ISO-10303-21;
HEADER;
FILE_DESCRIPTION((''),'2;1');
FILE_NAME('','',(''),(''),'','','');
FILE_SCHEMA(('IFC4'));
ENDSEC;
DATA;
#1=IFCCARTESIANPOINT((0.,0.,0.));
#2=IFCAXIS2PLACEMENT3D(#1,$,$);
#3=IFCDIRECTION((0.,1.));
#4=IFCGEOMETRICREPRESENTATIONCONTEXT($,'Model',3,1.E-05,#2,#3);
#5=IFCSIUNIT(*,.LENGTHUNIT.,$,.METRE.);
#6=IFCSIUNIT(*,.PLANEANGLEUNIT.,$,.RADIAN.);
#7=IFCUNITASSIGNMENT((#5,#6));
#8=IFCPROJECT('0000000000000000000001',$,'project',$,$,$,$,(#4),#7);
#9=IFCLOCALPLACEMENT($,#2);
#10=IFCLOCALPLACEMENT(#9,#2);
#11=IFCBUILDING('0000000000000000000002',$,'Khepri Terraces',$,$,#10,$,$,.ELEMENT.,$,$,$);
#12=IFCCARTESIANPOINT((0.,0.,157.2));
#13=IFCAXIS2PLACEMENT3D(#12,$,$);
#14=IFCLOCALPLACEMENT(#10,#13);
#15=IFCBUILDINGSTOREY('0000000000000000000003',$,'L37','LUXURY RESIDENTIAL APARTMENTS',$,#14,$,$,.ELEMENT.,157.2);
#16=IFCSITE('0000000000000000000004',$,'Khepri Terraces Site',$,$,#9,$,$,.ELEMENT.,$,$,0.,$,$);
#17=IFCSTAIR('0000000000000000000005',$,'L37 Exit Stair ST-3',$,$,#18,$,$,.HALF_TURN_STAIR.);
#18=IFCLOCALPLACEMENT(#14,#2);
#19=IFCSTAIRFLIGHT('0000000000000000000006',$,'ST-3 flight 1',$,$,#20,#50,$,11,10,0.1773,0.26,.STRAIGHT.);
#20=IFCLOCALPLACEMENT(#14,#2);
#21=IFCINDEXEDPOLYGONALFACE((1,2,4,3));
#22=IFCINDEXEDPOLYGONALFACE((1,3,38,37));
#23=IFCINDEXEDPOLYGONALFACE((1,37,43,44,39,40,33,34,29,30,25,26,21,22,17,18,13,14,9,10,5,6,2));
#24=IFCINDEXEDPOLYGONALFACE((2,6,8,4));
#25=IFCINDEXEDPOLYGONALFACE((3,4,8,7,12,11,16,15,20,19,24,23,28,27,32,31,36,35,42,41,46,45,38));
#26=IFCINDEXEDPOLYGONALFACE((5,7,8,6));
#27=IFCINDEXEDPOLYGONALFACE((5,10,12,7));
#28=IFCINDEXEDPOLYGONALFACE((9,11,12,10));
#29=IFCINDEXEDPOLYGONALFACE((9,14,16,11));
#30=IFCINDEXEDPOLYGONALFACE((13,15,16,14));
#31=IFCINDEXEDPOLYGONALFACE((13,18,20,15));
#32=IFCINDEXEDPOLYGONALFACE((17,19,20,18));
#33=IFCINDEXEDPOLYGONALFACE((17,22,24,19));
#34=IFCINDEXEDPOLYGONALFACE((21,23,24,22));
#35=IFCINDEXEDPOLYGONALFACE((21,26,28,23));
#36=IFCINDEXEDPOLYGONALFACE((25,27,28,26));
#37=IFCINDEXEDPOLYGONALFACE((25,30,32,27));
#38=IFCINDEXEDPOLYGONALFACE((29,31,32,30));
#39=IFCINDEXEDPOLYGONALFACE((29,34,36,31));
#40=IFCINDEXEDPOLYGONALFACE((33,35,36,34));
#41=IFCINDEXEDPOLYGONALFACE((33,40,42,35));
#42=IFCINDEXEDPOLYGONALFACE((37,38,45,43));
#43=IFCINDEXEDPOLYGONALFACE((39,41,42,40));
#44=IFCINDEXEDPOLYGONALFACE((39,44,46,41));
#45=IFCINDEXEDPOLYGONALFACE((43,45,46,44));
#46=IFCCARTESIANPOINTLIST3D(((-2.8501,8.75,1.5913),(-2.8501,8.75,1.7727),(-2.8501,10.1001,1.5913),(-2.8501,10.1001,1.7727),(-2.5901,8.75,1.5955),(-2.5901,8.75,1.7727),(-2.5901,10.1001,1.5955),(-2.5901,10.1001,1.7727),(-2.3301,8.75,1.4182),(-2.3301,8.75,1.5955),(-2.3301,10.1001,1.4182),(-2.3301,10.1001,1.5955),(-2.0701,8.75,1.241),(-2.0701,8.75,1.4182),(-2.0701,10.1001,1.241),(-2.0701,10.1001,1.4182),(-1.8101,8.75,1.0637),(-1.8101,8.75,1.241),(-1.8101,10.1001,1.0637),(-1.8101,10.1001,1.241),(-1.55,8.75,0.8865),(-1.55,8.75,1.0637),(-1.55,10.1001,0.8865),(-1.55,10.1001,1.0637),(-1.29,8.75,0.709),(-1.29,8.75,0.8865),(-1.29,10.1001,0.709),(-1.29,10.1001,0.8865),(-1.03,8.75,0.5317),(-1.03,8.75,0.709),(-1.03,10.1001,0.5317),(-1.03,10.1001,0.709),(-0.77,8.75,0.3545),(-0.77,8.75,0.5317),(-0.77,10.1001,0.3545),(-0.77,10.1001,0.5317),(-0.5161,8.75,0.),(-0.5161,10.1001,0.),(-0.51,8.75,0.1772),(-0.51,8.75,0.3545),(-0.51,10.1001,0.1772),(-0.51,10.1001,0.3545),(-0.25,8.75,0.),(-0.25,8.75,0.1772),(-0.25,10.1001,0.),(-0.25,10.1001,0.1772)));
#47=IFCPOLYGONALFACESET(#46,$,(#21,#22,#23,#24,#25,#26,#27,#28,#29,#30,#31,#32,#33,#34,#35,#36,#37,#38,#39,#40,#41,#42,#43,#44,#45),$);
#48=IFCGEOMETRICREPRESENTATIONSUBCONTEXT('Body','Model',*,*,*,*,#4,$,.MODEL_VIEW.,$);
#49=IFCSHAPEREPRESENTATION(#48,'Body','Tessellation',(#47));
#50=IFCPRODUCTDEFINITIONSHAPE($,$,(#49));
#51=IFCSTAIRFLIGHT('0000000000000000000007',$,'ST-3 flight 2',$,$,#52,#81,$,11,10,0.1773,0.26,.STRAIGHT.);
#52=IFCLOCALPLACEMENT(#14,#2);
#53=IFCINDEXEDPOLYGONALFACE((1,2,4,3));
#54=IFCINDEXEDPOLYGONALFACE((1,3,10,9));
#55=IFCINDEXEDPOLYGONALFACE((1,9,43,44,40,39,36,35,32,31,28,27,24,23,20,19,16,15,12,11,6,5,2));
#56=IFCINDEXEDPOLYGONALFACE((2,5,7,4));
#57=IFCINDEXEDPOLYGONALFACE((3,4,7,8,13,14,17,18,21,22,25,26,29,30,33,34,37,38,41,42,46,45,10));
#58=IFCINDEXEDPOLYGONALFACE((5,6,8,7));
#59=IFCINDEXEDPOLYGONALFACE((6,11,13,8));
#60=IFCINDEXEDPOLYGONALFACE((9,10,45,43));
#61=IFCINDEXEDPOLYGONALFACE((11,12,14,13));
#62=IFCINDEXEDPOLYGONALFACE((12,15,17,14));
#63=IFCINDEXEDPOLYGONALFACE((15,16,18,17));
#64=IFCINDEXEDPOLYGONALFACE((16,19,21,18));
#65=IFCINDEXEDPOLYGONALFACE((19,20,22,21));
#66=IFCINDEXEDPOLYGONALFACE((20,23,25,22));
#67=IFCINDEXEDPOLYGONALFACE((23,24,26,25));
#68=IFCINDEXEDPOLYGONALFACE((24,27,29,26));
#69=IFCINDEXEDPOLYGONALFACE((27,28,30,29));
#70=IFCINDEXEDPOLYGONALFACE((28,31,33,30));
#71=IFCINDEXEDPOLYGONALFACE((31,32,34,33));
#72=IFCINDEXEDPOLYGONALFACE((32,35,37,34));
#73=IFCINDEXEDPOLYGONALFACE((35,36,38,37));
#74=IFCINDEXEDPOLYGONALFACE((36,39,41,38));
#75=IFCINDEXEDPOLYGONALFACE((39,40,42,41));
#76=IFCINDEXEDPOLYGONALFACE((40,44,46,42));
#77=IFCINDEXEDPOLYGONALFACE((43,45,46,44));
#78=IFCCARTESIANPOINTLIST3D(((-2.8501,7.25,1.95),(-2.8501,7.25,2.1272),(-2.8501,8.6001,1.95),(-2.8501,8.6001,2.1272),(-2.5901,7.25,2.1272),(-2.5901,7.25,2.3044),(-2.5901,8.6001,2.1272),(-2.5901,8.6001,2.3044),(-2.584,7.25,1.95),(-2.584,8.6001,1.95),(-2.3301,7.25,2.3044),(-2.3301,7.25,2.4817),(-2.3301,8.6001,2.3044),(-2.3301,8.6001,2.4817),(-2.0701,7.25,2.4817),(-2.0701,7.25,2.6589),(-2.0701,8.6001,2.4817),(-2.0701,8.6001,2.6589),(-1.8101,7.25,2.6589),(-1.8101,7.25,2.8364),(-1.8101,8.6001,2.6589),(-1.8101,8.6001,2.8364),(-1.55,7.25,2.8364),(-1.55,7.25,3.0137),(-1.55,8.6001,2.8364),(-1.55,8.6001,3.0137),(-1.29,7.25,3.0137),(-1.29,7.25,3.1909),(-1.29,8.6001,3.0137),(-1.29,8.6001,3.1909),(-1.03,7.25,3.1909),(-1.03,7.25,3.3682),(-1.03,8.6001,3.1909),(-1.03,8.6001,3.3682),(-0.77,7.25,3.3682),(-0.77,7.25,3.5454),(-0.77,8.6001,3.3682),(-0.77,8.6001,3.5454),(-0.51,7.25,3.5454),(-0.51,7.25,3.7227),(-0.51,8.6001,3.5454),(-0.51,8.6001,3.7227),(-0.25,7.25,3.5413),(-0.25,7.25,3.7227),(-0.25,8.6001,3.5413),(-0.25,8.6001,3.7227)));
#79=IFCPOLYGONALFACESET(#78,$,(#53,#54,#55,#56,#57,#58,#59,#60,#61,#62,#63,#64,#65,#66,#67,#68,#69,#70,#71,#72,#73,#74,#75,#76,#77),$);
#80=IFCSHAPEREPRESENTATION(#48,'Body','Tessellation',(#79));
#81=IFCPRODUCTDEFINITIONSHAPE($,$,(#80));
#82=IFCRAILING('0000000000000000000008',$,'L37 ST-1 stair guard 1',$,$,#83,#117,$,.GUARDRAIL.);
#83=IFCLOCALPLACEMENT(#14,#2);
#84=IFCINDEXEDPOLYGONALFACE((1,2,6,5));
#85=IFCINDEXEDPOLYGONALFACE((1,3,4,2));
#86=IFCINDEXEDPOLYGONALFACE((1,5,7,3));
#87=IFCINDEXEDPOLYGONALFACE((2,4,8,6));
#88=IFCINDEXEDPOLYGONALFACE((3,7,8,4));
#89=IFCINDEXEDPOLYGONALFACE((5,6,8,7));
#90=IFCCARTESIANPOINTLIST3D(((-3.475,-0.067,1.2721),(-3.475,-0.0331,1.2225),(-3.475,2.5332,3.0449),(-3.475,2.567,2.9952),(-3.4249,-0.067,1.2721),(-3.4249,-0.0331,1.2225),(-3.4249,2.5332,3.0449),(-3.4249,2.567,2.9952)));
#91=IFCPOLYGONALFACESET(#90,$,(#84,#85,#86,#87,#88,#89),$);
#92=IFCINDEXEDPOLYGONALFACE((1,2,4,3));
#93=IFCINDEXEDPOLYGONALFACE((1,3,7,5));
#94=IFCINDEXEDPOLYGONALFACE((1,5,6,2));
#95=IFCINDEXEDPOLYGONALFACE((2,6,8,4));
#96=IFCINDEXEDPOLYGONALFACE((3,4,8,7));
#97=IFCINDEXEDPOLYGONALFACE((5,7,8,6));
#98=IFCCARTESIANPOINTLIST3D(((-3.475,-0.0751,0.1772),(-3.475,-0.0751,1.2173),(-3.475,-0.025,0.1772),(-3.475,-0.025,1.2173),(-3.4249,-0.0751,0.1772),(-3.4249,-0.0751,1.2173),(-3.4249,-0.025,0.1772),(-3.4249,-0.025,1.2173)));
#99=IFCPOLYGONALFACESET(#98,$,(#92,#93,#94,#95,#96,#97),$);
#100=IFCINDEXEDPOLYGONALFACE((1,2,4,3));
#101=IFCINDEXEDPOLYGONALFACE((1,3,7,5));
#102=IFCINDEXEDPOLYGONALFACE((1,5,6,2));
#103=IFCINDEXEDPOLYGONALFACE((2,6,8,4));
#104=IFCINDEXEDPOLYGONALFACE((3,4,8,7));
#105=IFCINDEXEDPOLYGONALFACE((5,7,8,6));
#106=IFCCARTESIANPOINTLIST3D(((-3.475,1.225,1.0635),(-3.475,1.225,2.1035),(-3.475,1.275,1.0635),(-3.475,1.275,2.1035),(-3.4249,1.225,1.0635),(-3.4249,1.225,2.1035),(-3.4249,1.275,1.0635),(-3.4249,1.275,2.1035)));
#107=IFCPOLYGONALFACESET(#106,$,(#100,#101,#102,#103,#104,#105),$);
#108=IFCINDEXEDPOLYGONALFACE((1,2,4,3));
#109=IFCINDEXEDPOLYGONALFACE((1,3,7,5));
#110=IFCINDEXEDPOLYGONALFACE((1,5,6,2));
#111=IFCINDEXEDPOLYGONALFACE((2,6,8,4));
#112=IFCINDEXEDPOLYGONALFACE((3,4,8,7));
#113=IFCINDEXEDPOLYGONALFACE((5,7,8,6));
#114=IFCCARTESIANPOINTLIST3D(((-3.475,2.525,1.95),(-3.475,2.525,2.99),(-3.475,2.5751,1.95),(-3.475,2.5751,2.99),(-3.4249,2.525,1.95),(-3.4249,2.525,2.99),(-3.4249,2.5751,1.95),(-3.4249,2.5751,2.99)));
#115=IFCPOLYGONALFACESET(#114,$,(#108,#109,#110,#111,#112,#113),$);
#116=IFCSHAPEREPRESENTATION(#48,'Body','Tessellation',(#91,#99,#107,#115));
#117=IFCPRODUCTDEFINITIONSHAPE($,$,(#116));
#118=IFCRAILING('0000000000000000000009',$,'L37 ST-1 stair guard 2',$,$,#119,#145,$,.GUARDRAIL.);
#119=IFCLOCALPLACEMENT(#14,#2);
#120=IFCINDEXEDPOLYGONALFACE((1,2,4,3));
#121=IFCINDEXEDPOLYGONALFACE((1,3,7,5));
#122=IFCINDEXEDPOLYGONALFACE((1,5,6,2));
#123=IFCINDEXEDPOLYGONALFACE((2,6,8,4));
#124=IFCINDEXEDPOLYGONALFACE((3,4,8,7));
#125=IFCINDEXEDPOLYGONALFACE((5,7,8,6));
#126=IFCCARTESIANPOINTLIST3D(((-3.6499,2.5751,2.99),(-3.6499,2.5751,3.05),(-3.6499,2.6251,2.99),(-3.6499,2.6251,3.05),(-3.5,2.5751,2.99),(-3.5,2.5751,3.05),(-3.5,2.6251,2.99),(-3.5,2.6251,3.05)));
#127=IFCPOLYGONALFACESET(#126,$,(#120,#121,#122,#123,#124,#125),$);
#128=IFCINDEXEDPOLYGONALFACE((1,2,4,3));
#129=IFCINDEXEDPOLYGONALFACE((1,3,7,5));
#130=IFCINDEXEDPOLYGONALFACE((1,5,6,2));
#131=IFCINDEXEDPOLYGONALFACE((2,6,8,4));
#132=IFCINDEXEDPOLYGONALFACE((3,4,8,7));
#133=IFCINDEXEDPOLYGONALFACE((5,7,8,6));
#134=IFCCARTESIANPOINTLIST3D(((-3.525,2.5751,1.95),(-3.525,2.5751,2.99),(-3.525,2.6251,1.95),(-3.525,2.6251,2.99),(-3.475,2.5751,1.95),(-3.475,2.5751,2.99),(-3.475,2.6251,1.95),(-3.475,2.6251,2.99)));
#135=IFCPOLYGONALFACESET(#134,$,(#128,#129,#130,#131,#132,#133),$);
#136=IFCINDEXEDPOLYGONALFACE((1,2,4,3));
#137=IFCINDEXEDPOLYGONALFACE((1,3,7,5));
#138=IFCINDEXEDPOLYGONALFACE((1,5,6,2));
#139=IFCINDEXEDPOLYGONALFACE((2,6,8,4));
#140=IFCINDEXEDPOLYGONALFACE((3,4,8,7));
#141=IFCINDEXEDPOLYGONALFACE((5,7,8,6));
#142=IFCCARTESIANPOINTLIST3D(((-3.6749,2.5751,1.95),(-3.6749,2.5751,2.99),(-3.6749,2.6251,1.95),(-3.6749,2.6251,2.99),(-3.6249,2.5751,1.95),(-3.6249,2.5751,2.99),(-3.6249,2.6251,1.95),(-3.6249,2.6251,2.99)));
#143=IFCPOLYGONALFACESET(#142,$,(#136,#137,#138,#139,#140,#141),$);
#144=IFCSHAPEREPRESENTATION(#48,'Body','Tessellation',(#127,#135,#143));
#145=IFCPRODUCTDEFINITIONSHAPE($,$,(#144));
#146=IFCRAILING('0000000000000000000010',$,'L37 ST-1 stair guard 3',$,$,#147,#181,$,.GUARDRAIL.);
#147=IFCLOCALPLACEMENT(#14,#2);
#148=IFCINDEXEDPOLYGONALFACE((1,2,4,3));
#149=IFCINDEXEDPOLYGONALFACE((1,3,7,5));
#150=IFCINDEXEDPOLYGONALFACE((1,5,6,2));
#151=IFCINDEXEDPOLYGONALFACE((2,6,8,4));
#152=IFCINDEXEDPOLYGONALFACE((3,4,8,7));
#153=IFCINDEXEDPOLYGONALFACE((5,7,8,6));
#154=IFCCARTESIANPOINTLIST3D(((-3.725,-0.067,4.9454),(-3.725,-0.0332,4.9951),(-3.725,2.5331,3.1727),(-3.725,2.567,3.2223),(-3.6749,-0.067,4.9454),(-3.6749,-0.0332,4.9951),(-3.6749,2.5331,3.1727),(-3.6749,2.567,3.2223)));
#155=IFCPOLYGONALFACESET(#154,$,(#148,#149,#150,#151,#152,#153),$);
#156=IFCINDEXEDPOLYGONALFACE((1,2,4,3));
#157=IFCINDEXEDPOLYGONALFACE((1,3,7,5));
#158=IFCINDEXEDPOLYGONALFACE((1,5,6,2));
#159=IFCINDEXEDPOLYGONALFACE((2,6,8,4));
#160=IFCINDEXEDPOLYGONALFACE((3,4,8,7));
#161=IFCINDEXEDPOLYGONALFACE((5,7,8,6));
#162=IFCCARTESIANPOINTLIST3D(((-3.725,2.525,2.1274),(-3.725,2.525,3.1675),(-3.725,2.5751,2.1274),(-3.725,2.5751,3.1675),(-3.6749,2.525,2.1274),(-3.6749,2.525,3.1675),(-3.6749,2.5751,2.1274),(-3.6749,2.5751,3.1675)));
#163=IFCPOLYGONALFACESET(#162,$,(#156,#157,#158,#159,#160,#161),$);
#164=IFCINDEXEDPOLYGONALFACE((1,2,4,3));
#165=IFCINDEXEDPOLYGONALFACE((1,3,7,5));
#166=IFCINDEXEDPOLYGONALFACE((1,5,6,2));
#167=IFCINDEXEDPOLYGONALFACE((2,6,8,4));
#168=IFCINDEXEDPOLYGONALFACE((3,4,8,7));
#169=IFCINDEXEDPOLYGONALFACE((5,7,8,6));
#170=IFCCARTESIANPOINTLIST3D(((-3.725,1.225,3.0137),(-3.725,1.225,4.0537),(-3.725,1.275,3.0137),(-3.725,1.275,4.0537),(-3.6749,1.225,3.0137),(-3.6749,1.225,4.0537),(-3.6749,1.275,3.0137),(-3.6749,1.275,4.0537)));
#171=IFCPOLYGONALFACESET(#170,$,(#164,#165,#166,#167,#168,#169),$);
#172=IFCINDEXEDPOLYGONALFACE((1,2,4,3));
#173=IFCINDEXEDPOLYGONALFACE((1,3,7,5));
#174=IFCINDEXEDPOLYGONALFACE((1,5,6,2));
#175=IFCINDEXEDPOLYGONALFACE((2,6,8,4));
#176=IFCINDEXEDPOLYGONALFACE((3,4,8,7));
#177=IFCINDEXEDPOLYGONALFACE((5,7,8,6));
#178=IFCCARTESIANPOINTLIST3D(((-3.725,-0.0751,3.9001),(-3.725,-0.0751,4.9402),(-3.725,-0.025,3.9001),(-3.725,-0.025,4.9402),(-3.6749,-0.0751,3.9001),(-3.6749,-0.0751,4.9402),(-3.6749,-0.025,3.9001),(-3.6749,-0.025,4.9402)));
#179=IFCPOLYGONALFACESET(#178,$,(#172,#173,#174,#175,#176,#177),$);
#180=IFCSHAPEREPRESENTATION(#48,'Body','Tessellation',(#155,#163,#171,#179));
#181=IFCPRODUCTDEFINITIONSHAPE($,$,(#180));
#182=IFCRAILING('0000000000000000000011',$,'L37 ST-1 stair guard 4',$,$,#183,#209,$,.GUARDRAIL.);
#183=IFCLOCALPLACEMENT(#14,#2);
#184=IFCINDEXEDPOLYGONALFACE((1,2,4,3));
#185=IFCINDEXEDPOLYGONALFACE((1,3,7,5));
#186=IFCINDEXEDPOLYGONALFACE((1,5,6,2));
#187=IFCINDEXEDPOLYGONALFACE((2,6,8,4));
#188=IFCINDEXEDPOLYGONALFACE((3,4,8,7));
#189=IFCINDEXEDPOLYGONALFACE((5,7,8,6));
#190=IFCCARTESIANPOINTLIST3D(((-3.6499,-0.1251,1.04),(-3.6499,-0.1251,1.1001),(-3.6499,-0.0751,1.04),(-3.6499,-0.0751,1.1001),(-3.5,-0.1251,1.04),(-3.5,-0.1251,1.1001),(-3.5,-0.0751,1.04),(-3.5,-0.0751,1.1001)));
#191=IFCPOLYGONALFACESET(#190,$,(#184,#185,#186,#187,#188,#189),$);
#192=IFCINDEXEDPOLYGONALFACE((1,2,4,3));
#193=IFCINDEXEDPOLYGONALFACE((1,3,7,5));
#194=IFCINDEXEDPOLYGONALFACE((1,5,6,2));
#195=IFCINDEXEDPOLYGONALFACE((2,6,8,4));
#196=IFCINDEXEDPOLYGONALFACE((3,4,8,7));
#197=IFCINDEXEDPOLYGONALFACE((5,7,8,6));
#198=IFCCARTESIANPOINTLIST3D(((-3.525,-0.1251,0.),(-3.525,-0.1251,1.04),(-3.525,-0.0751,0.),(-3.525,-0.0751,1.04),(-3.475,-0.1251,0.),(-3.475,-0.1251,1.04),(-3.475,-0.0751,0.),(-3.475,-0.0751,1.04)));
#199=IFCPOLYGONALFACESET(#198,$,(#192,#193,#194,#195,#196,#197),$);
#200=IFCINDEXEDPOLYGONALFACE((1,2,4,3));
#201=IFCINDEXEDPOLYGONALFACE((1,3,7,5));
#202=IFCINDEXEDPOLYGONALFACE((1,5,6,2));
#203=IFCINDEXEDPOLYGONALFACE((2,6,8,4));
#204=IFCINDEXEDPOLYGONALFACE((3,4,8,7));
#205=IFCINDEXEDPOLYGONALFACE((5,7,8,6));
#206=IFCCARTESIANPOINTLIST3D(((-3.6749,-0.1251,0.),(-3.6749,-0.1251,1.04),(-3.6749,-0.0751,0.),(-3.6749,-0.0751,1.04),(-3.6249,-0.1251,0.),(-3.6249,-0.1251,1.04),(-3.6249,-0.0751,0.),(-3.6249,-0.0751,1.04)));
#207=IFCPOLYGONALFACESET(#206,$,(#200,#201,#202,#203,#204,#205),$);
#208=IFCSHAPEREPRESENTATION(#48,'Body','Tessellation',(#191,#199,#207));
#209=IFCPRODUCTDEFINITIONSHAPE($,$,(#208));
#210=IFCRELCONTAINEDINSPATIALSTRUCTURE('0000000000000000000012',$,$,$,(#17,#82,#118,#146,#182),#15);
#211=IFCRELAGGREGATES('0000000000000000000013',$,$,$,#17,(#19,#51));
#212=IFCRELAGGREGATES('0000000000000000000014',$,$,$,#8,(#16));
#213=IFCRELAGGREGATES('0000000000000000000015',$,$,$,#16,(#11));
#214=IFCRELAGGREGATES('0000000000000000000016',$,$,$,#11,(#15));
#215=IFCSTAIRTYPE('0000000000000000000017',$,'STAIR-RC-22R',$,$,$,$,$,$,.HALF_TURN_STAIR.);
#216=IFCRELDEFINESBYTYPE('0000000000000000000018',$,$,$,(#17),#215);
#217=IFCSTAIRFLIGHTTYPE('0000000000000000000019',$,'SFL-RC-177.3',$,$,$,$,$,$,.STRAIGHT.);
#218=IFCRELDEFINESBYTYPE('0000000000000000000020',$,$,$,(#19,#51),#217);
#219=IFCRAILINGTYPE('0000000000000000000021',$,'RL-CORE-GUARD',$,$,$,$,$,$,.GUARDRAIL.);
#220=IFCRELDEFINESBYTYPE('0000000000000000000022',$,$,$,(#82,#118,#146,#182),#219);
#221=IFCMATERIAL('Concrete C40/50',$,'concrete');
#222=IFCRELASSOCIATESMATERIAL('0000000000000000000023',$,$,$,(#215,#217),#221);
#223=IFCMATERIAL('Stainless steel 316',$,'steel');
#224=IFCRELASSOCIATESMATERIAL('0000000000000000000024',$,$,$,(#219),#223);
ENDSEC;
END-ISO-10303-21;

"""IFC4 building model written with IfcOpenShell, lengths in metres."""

from ifc_helpers import new_model, si_unit, direction, frame, origin, origin_2d, place, context, subcontext, project, spatial, polyline, rectangle, outline, extrude, material, type_object, element, aggregate, save


model = new_model("IFC4")

# Units and contexts
model_context = context("Model", 3, precision=1e-05, world=origin(), true_north=direction((0.0, 1.0)))
body_context = subcontext(model_context, "Body", "Model", "MODEL_VIEW")
ifc_project = project(units=[si_unit("LENGTHUNIT", "METRE"), si_unit("PLANEANGLEUNIT", "RADIAN")], contexts=[model_context])

# Site, building, storey
site_placement = place(None, origin())
site = spatial("IfcSite", under=ifc_project, at=site_placement, Name="Khepri Terraces Site", CompositionType="ELEMENT", RefElevation=0.0)
building_placement = place(site_placement, origin())
building = spatial("IfcBuilding", under=site, at=building_placement, Name="Khepri Terraces", CompositionType="ELEMENT")
storey_placement = place(building_placement, frame((0.0, 0.0, 157.2)))
storey = spatial("IfcBuildingStorey", under=building, at=storey_placement, Name="L37", Description="LUXURY RESIDENTIAL APARTMENTS", CompositionType="ELEMENT", Elevation=157.2)

# Shared definitions
ifc_material_1 = material(Name="Concrete C40/50", Category="concrete")

# Stair, stair flights
stair_type = type_object("IfcStairType", Name="STAIR-RC-22R", PredefinedType="HALF_TURN_STAIR", material=ifc_material_1)
stair_flight_type = type_object("IfcStairFlightType", Name="SFL-RC-177.3", PredefinedType="STRAIGHT", material=ifc_material_1)
stair_1_placement = place(storey_placement, origin())
stair_1 = element("IfcStair", 1, at=stair_1_placement, inside=storey, type_object=stair_type, Name="L37 Exit Stair ST-3", PredefinedType="HALF_TURN_STAIR")
stair_flight_1_placement = place(storey_placement, frame((-0.25, 9.425, 0.0), z_axis=(0.0, 0.0, 1.0), x_axis=(-1.0, 0.0, 0.0)))
stair_flight_1 = element("IfcStairFlight", 2, at=stair_flight_1_placement, type_object=stair_flight_type, Name="ST-3 flight 1", NumberOfRisers=11, NumberOfTreads=10, PredefinedType="STRAIGHT", RiserHeight=0.1773, TreadLength=0.26, context=body_context, shape_type="SweptSolid", body=[
    extrude(outline(polyline([(0.0, 0.0), (0.0, 0.1772), (0.26, 0.1772), (0.26, 0.3545), (0.52, 0.3545), (0.52, 0.5317), (0.78, 0.5317), (0.78, 0.709), (1.04, 0.709), (1.04, 0.8865), (1.3, 0.8865), (1.3, 1.0637), (1.5601, 1.0637), (1.5601, 1.241), (1.8201, 1.241), (1.8201, 1.4182), (2.0801, 1.4182), (2.0801, 1.5955), (2.3401, 1.5955), (2.3401, 1.7727), (2.6001, 1.7727), (2.6001, 1.95), (2.6001, 1.5913), (0.2661, 0.0), (0.0, 0.0)])), frame((0.0, 0.675, 0.0), z_axis=(0.0, -1.0, 0.0), x_axis=(1.0, 0.0, 0.0)), (0.0, 0.0, 1.0), 1.3501),
])
stair_flight_2_placement = place(storey_placement, frame((-2.8501, 7.925, 1.95), z_axis=(0.0, 0.0, 1.0), x_axis=(1.0, 0.0, 0.0)))
stair_flight_2 = element("IfcStairFlight", 3, at=stair_flight_2_placement, type_object=stair_flight_type, Name="ST-3 flight 2", NumberOfRisers=11, NumberOfTreads=10, PredefinedType="STRAIGHT", RiserHeight=0.1773, TreadLength=0.26, context=body_context, shape_type="SweptSolid", body=[
    extrude(outline(polyline([(0.0, 0.0), (0.0, 0.1772), (0.26, 0.1772), (0.26, 0.3545), (0.52, 0.3545), (0.52, 0.5317), (0.78, 0.5317), (0.78, 0.709), (1.04, 0.709), (1.04, 0.8865), (1.3, 0.8865), (1.3, 1.0637), (1.5601, 1.0637), (1.5601, 1.241), (1.8201, 1.241), (1.8201, 1.4182), (2.0801, 1.4182), (2.0801, 1.5955), (2.3401, 1.5955), (2.3401, 1.7727), (2.6001, 1.7727), (2.6001, 1.95), (2.6001, 1.5913), (0.2661, 0.0), (0.0, 0.0)])), frame((0.0, 0.675, 0.0), z_axis=(0.0, -1.0, 0.0), x_axis=(1.0, 0.0, 0.0)), (0.0, 0.0, 1.0), 1.3501),
])
aggregate(stair_1, [stair_flight_1, stair_flight_2])

# Railings
ifc_material_2 = material(Name="Stainless steel 316", Category="steel")
railing_type_1 = type_object("IfcRailingType", Name="RL-CORE-GUARD", PredefinedType="GUARDRAIL", material=ifc_material_2)
railing_1_placement = place(storey_placement, frame((-3.45, -0.05, 0.1772)))
element("IfcRailing", 4, at=railing_1_placement, inside=storey, type_object=railing_type_1, Name="L37 ST-1 stair guard 1", PredefinedType="GUARDRAIL", context=body_context, shape_type="SweptSolid", body=[
    extrude(rectangle(XDim=0.05, YDim=0.0601, at=origin_2d()), frame((0.0, 0.0, 1.0701), z_axis=(0.0, 0.82624, 0.563318), x_axis=(-1.0, 0.0, 0.0)), (0.0, 0.0, 1.0), 3.147),
    extrude(rectangle(XDim=0.05, YDim=0.05, at=origin_2d()), origin(), (0.0, 0.0, 1.0), 1.04),
    extrude(rectangle(XDim=0.05, YDim=0.05, at=origin_2d()), frame((0.0, 1.3, 0.8862)), (0.0, 0.0, 1.0), 1.04),
    extrude(rectangle(XDim=0.05, YDim=0.05, at=origin_2d()), frame((0.0, 2.6001, 1.7727)), (0.0, 0.0, 1.0), 1.04),
])
railing_2_placement = place(storey_placement, frame((-3.5, 2.6001, 1.95)))
element("IfcRailing", 5, at=railing_2_placement, inside=storey, type_object=railing_type_1, Name="L37 ST-1 stair guard 2", PredefinedType="GUARDRAIL", context=body_context, shape_type="SweptSolid", body=[
    extrude(rectangle(XDim=0.05, YDim=0.0601, at=origin_2d()), frame((0.0, 0.0, 1.0701), z_axis=(-1.0, 0.0, 0.0), x_axis=(0.0, -1.0, 0.0)), (0.0, 0.0, 1.0), 0.1499),
    extrude(rectangle(XDim=0.05, YDim=0.05, at=origin_2d()), origin(), (0.0, 0.0, 1.0), 1.04),
    extrude(rectangle(XDim=0.05, YDim=0.05, at=origin_2d()), frame((-0.1499, 0.0, 0.0)), (0.0, 0.0, 1.0), 1.04),
])
railing_3_placement = place(storey_placement, frame((-3.7, 2.55, 2.1274)))
element("IfcRailing", 6, at=railing_3_placement, inside=storey, type_object=railing_type_1, Name="L37 ST-1 stair guard 3", PredefinedType="GUARDRAIL", context=body_context, shape_type="SweptSolid", body=[
    extrude(rectangle(XDim=0.05, YDim=0.0601, at=origin_2d()), frame((0.0, 0.0, 1.0701), z_axis=(0.0, -0.82624, 0.563318), x_axis=(1.0, 0.0, 0.0)), (0.0, 0.0, 1.0), 3.147),
    extrude(rectangle(XDim=0.05, YDim=0.05, at=origin_2d()), origin(), (0.0, 0.0, 1.0), 1.04),
    extrude(rectangle(XDim=0.05, YDim=0.05, at=origin_2d()), frame((0.0, -1.3, 0.8862)), (0.0, 0.0, 1.0), 1.04),
    extrude(rectangle(XDim=0.05, YDim=0.05, at=origin_2d()), frame((0.0, -2.6001, 1.7727)), (0.0, 0.0, 1.0), 1.04),
])
railing_4_placement = place(storey_placement, frame((-3.5, -0.1001, 0.0)))
element("IfcRailing", 7, at=railing_4_placement, inside=storey, type_object=railing_type_1, Name="L37 ST-1 stair guard 4", PredefinedType="GUARDRAIL", context=body_context, shape_type="SweptSolid", body=[
    extrude(rectangle(XDim=0.05, YDim=0.0601, at=origin_2d()), frame((0.0, 0.0, 1.0701), z_axis=(-1.0, 0.0, 0.0), x_axis=(0.0, -1.0, 0.0)), (0.0, 0.0, 1.0), 0.1499),
    extrude(rectangle(XDim=0.05, YDim=0.05, at=origin_2d()), origin(), (0.0, 0.0, 1.0), 1.04),
    extrude(rectangle(XDim=0.05, YDim=0.05, at=origin_2d()), frame((-0.1499, 0.0, 0.0)), (0.0, 0.0, 1.0), 1.04),
])

save(model, "model.ifc")
